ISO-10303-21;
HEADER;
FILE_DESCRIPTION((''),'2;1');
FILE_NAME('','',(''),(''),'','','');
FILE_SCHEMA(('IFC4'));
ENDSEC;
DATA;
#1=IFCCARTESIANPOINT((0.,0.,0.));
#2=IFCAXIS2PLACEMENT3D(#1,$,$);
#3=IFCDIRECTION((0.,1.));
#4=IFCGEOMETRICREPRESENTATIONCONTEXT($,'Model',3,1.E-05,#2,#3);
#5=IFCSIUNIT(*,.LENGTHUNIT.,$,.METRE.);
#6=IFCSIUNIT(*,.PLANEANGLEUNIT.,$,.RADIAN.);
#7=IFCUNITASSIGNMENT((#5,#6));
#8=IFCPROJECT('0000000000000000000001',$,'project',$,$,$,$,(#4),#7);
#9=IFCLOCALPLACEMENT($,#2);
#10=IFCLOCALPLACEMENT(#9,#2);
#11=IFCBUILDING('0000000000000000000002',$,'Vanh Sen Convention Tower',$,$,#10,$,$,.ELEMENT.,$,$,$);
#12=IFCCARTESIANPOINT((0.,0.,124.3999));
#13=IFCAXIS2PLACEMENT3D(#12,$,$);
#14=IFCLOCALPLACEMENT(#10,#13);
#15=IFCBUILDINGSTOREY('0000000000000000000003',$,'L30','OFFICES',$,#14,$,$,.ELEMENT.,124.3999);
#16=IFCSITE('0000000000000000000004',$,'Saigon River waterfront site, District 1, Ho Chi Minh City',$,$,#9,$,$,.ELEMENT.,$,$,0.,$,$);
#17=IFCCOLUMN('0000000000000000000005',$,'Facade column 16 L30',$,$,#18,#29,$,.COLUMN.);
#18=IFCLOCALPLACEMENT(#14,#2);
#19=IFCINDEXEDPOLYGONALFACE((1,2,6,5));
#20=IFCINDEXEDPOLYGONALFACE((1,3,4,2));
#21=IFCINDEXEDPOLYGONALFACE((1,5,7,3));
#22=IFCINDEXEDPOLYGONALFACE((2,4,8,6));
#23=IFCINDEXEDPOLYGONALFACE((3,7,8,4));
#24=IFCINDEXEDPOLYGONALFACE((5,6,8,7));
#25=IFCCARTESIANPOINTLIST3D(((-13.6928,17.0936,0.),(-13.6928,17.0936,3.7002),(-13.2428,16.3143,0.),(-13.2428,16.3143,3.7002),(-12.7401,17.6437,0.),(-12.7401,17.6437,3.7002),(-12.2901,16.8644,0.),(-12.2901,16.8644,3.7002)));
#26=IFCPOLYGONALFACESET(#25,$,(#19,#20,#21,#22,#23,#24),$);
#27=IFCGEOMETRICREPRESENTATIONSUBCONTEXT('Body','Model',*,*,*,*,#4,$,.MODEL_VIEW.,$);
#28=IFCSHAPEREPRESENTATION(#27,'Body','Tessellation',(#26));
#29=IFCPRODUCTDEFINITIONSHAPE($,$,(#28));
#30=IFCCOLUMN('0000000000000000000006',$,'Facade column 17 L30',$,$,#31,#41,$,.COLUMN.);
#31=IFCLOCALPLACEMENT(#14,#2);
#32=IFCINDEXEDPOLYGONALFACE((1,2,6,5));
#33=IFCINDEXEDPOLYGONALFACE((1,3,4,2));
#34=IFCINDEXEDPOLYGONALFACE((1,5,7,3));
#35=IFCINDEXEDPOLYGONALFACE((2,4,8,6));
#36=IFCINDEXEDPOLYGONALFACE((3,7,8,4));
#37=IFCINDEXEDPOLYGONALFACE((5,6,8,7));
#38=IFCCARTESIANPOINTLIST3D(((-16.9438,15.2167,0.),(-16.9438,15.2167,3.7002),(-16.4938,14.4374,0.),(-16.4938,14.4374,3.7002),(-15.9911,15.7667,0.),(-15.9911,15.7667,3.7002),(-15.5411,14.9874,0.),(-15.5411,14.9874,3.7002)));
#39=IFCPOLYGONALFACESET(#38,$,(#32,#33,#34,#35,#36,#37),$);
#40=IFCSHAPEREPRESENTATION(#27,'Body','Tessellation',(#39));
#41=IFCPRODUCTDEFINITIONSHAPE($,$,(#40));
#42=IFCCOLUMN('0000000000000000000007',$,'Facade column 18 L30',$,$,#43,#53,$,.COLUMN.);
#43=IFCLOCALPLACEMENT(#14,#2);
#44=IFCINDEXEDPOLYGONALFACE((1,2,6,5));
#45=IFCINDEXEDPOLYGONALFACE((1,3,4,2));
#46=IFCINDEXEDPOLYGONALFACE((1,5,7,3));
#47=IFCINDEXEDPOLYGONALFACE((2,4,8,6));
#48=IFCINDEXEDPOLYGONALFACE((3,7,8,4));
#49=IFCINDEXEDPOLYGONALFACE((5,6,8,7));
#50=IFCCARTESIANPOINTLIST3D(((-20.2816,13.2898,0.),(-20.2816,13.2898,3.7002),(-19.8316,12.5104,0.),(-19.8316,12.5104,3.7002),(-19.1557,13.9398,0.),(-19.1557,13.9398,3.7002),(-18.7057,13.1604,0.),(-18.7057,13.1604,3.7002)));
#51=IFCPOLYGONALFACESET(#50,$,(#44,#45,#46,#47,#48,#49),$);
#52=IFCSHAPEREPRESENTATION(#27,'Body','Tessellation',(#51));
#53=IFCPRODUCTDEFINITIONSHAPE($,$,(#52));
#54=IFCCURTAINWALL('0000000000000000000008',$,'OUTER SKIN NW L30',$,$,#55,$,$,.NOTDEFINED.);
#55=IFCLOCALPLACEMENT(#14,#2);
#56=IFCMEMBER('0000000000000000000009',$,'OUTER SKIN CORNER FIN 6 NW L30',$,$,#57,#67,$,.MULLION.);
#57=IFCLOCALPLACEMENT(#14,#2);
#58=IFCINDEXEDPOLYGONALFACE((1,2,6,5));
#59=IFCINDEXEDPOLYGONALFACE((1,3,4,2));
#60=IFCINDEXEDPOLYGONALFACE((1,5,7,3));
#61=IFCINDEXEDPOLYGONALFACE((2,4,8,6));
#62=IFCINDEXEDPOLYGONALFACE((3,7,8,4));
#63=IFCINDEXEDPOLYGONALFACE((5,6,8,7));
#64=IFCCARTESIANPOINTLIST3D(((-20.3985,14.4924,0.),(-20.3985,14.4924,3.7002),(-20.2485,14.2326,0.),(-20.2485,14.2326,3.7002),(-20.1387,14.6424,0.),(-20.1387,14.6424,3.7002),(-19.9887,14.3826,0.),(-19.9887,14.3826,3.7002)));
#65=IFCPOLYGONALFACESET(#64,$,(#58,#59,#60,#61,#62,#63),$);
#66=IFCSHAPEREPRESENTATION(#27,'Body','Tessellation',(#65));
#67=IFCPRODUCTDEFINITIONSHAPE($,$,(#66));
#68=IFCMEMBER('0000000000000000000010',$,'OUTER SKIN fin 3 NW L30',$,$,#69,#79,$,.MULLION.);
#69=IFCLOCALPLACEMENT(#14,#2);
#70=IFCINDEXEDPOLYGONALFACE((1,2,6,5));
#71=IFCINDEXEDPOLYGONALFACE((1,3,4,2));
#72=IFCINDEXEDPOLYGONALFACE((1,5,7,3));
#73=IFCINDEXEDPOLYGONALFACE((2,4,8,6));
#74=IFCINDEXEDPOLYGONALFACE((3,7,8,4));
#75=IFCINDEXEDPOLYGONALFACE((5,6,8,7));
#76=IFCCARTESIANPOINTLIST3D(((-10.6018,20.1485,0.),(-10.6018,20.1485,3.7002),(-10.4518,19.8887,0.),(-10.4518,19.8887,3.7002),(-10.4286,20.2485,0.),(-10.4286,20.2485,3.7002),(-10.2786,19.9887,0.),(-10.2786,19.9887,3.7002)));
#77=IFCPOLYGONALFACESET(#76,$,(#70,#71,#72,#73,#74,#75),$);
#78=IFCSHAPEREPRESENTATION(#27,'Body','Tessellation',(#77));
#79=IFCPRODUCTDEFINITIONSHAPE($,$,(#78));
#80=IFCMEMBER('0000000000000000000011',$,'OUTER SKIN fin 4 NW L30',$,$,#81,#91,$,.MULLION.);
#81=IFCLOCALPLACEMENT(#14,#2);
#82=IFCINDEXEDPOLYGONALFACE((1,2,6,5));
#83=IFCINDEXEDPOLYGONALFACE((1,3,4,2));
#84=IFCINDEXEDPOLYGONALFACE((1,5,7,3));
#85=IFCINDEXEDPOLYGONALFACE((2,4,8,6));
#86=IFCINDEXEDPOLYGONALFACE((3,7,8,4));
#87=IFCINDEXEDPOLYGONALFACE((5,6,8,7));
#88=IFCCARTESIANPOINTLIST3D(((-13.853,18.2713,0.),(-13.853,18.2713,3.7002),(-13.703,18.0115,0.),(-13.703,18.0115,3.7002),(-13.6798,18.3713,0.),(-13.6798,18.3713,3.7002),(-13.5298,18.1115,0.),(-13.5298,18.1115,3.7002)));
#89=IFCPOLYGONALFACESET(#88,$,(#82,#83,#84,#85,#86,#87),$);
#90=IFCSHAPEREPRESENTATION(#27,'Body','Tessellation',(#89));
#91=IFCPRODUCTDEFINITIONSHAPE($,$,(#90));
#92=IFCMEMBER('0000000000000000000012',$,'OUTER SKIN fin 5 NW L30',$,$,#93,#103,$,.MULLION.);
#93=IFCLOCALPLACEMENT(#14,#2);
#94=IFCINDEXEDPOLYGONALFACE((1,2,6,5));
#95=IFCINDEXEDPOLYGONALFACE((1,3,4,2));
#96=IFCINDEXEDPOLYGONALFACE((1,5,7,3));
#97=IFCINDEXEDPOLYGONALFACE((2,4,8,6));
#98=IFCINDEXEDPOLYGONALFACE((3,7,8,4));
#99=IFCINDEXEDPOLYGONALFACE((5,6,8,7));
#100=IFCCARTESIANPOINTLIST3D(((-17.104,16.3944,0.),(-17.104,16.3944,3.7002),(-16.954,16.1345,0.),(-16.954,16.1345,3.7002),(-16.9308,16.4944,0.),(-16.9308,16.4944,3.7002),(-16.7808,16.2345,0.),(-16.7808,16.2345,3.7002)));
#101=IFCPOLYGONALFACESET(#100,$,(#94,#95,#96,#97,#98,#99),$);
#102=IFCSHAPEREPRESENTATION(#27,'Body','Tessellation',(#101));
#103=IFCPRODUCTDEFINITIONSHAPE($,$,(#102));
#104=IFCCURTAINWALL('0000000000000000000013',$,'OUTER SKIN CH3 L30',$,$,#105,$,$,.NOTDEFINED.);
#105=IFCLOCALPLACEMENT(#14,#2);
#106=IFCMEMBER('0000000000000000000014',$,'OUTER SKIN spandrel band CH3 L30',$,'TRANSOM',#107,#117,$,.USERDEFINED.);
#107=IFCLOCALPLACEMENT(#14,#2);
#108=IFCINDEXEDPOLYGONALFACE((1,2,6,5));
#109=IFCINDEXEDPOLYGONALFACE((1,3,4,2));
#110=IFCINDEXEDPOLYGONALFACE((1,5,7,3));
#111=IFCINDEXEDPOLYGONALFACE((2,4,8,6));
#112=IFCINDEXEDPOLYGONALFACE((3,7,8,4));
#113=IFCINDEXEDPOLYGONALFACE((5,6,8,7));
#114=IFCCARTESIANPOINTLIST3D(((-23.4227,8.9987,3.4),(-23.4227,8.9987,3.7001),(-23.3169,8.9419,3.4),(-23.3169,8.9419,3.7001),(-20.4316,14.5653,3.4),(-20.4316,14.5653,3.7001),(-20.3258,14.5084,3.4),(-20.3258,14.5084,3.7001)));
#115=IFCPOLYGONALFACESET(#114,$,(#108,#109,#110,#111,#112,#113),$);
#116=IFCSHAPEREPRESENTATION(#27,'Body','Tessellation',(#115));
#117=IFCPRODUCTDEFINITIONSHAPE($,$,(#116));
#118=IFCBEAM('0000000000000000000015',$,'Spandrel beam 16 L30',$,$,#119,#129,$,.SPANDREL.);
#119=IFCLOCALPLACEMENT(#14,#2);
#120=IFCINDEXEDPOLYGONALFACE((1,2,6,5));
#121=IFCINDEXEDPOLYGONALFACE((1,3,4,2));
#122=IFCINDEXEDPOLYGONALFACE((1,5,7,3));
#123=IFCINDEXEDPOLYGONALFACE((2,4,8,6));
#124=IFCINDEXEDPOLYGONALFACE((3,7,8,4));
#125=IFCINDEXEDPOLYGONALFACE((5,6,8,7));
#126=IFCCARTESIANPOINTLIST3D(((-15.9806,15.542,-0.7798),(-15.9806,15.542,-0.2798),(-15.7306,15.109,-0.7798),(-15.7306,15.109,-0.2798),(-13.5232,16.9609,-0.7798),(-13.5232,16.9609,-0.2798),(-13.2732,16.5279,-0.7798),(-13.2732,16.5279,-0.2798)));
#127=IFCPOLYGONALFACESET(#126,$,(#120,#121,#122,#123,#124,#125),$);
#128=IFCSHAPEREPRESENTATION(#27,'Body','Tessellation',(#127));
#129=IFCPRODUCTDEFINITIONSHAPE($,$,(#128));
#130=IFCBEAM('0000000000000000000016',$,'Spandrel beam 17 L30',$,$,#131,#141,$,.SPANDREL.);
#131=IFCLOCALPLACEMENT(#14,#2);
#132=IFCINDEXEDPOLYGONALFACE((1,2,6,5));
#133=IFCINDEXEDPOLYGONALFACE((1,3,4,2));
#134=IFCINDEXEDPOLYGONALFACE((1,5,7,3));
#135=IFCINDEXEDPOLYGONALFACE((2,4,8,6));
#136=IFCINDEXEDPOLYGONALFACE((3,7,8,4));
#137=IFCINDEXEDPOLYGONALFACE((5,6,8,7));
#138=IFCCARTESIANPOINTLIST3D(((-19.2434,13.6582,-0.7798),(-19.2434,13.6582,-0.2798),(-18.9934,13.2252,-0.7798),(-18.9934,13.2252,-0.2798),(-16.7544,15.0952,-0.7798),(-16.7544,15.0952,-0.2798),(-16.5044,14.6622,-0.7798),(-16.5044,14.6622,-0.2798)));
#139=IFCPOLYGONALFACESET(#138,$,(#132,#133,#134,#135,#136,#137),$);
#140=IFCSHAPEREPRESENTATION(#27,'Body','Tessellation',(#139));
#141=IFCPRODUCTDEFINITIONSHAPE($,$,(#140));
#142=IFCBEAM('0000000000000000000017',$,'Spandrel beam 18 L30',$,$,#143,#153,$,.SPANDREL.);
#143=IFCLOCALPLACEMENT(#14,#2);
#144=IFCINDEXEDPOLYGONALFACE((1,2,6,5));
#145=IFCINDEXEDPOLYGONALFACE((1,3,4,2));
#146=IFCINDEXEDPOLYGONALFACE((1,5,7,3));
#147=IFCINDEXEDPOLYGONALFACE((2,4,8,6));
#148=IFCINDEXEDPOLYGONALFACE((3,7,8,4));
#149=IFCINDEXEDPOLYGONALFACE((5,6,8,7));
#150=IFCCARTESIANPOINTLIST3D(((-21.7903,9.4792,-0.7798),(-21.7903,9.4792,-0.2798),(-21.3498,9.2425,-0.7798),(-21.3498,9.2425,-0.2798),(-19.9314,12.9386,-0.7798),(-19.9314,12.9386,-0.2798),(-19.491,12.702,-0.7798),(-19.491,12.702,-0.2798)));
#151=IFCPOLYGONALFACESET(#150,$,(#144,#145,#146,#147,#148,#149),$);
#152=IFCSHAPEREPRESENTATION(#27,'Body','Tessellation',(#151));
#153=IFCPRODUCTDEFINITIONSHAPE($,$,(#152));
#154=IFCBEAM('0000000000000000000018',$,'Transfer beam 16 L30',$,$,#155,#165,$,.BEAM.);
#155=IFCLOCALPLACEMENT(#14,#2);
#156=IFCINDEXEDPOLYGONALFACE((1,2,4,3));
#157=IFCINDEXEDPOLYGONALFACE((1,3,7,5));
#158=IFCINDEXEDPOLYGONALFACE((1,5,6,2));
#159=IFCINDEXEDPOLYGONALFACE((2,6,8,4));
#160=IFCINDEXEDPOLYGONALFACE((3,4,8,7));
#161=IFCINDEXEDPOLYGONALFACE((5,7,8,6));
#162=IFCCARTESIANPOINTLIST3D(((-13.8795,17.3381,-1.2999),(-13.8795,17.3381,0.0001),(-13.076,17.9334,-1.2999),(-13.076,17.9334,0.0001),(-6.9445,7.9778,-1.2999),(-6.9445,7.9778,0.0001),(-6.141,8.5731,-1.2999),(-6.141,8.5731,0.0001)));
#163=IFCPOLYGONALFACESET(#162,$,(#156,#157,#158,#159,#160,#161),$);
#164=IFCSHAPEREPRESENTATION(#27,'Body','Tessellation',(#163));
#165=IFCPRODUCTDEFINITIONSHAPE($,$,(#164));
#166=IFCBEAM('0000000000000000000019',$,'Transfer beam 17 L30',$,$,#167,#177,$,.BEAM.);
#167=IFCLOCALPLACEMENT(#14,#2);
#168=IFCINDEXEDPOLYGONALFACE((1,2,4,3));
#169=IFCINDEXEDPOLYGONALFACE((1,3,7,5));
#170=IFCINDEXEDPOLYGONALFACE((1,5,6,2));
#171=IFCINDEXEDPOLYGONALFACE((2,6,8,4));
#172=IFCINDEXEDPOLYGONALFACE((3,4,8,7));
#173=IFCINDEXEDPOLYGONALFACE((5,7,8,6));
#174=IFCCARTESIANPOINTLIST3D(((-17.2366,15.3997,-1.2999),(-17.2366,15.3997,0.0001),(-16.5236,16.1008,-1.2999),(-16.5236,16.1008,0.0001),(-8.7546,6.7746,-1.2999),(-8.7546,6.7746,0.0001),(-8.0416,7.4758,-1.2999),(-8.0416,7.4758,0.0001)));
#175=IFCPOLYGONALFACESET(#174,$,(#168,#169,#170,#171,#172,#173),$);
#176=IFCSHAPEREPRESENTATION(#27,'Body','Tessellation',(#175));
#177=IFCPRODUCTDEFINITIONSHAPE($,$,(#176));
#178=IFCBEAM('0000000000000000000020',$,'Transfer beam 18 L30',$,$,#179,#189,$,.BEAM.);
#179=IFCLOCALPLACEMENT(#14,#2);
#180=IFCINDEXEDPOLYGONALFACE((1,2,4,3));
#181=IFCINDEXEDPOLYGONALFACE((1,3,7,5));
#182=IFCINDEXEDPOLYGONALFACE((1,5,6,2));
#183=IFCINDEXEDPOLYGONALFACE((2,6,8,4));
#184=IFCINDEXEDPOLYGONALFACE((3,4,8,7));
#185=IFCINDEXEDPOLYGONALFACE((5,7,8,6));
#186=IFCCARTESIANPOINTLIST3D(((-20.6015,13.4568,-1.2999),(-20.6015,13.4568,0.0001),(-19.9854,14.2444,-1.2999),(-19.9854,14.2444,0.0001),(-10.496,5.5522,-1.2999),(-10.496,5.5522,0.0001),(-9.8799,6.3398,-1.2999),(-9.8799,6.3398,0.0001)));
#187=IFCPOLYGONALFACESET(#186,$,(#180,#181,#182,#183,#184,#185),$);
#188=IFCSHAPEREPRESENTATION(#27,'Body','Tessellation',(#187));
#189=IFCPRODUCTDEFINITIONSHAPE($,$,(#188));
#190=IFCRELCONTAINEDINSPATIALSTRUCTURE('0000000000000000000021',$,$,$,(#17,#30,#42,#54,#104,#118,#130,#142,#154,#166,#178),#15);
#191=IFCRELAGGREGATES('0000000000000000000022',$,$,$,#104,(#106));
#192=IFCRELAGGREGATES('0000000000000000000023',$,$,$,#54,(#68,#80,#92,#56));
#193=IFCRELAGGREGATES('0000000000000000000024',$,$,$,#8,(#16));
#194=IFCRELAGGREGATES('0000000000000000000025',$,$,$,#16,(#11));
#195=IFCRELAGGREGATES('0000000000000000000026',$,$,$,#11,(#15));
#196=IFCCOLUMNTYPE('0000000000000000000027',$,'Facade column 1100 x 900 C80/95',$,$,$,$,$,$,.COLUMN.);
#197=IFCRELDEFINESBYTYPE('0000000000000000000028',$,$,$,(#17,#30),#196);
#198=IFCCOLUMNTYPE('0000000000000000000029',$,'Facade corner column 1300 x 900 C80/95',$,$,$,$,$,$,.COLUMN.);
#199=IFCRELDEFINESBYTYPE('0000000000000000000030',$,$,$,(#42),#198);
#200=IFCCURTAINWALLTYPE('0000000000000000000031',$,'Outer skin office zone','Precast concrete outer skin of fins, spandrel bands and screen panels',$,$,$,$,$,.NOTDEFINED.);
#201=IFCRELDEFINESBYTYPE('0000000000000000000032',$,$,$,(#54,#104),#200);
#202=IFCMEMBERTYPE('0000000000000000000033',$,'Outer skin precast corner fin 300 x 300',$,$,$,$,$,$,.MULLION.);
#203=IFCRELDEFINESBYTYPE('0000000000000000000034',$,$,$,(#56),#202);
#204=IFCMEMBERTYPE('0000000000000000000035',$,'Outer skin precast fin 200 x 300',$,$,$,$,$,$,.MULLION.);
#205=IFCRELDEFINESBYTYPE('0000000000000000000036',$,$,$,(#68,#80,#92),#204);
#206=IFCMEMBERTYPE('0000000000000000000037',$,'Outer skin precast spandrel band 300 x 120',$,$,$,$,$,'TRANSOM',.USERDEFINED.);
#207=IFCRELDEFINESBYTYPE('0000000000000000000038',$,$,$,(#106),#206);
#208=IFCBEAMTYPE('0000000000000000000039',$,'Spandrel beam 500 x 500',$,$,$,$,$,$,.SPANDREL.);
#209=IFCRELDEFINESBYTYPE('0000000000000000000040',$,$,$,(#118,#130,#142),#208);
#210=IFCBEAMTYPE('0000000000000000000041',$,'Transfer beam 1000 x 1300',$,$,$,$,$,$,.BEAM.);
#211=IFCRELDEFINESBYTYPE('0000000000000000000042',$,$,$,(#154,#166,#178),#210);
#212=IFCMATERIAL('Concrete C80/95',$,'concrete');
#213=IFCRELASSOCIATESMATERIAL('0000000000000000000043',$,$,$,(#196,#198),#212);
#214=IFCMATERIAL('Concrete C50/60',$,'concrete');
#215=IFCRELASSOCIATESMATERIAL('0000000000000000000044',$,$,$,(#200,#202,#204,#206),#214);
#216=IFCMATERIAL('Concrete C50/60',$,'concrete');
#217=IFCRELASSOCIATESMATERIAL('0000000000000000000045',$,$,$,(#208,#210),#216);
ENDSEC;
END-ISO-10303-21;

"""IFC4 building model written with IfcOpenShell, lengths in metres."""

from ifc_helpers import new_model, si_unit, direction, frame, origin, origin_2d, place, context, subcontext, project, spatial, rectangle, extrude, material, material_profile, profile_set, type_object, element, aggregate, save


model = new_model("IFC4")

# Units and contexts
model_context = context("Model", 3, precision=1e-05, world=origin(), true_north=direction((0.0, 1.0)))
body_context = subcontext(model_context, "Body", "Model", "MODEL_VIEW")
ifc_project = project(units=[si_unit("LENGTHUNIT", "METRE"), si_unit("PLANEANGLEUNIT", "RADIAN")], contexts=[model_context])

# Site, building, storey
site_placement = place(None, origin())
site = spatial("IfcSite", under=ifc_project, at=site_placement, Name="Saigon River waterfront site, District 1, Ho Chi Minh City", CompositionType="ELEMENT", RefElevation=0.0)
building_placement = place(site_placement, origin())
building = spatial("IfcBuilding", under=site, at=building_placement, Name="Vanh Sen Convention Tower", CompositionType="ELEMENT")
storey_placement = place(building_placement, frame((0.0, 0.0, 124.3999)))
storey = spatial("IfcBuildingStorey", under=building, at=storey_placement, Name="L30", Description="OFFICES", CompositionType="ELEMENT", Elevation=124.3999)

# Columns
ifc_material_1 = material(Name="Concrete C80/95", Category="concrete")
ifc_material_profile_1 = material_profile(ifc_material_1, rectangle(XDim=1.1001, YDim=0.8999, at=origin_2d()), Name="RC 1100X900")
ifc_profile_set_1 = profile_set([ifc_material_profile_1], Name="Concrete C80/95")
column_type_1 = type_object("IfcColumnType", Name="Facade column 1100 x 900 C80/95", PredefinedType="COLUMN", material=ifc_profile_set_1)
for number, where, z_axis, x_axis, name in (
    (1, (-12.9915, 16.979, 0.0), (0.0, 0.0, 1.0), (-0.866025, -0.5, 0.0), "Facade column 16 L30"),
    (2, (-16.2424, 15.1021, 0.0), (0.0, 0.0, 1.0), (-0.866025, -0.5, 0.0), "Facade column 17 L30"),
):
    element("IfcColumn", number, at=place(storey_placement, frame(where, z_axis=z_axis, x_axis=x_axis)), inside=storey, type_object=column_type_1, Name=name, PredefinedType="COLUMN", context=body_context, shape_type="SweptSolid", body=[
        extrude(rectangle(XDim=1.1001, YDim=0.8999, at=origin_2d()), origin(), (0.0, 0.0, 1.0), 3.7002),
    ])
ifc_material_profile_2 = material_profile(ifc_material_1, rectangle(XDim=1.3, YDim=0.8999, at=origin_2d()), Name="RC 1300X900")
ifc_profile_set_2 = profile_set([ifc_material_profile_2], Name="Concrete C80/95")
column_type_2 = type_object("IfcColumnType", Name="Facade corner column 1300 x 900 C80/95", PredefinedType="COLUMN", material=ifc_profile_set_2)
column_placement = place(storey_placement, frame((-19.4937, 13.2251, 0.0), z_axis=(0.0, 0.0, 1.0), x_axis=(-0.866025, -0.5, 0.0)))
element("IfcColumn", 3, at=column_placement, inside=storey, type_object=column_type_2, Name="Facade column 18 L30", PredefinedType="COLUMN", context=body_context, shape_type="SweptSolid", body=[
    extrude(rectangle(XDim=1.3, YDim=0.8999, at=origin_2d()), origin(), (0.0, 0.0, 1.0), 3.7002),
])

# Curtain wall, members
ifc_material_2 = material(Name="Concrete C50/60", Category="concrete")
curtain_wall_type = type_object("IfcCurtainWallType", Name="Outer skin office zone", Description="Precast concrete outer skin of fins, spandrel bands and screen panels", PredefinedType="NOTDEFINED", material=ifc_material_2)
curtain_wall_1_placement = place(storey_placement, origin())
curtain_wall_1 = element("IfcCurtainWall", 4, at=curtain_wall_1_placement, inside=storey, type_object=curtain_wall_type, Name="OUTER SKIN NW L30", PredefinedType="NOTDEFINED")
ifc_material_profile_3 = material_profile(ifc_material_2, rectangle(XDim=0.3, YDim=0.3, at=origin_2d()), Name="Outer skin precast corner fin 300 x 300")
ifc_profile_set_3 = profile_set([ifc_material_profile_3], Name="Concrete C50/60")
member_type_1 = type_object("IfcMemberType", Name="Outer skin precast corner fin 300 x 300", PredefinedType="MULLION", material=ifc_profile_set_3)
member_1_placement = place(storey_placement, frame((-20.1936, 14.4375, 0.0), z_axis=(0.0, 0.0, 1.0), x_axis=(-0.866025, -0.5, 0.0)))
member_1 = element("IfcMember", 5, at=member_1_placement, type_object=member_type_1, Name="OUTER SKIN CORNER FIN 6 NW L30", PredefinedType="MULLION", context=body_context, shape_type="SweptSolid", body=[
    extrude(rectangle(XDim=0.3, YDim=0.3, at=origin_2d()), origin(), (0.0, 0.0, 1.0), 3.7002),
])
ifc_material_profile_4 = material_profile(ifc_material_2, rectangle(XDim=0.2, YDim=0.3, at=origin_2d()), Name="Outer skin precast fin 200 x 300")
ifc_profile_set_4 = profile_set([ifc_material_profile_4], Name="Concrete C50/60")
member_type_2 = type_object("IfcMemberType", Name="Outer skin precast fin 200 x 300", PredefinedType="MULLION", material=ifc_profile_set_4)
member_2_placement = place(storey_placement, frame((-10.4402, 20.0686, 0.0), z_axis=(0.0, 0.0, 1.0), x_axis=(-0.866025, -0.5, 0.0)))
member_2 = element("IfcMember", 6, at=member_2_placement, type_object=member_type_2, Name="OUTER SKIN fin 3 NW L30", PredefinedType="MULLION", context=body_context, shape_type="SweptSolid", body=[
    extrude(rectangle(XDim=0.2, YDim=0.3, at=origin_2d()), origin(), (0.0, 0.0, 1.0), 3.7002),
])
member_3_placement = place(storey_placement, frame((-13.6914, 18.1914, 0.0), z_axis=(0.0, 0.0, 1.0), x_axis=(-0.866025, -0.5, 0.0)))
member_3 = element("IfcMember", 7, at=member_3_placement, type_object=member_type_2, Name="OUTER SKIN fin 4 NW L30", PredefinedType="MULLION", context=body_context, shape_type="SweptSolid", body=[
    extrude(rectangle(XDim=0.2, YDim=0.3, at=origin_2d()), origin(), (0.0, 0.0, 1.0), 3.7002),
])
member_4_placement = place(storey_placement, frame((-16.9424, 16.3145, 0.0), z_axis=(0.0, 0.0, 1.0), x_axis=(-0.866025, -0.5, 0.0)))
member_4 = element("IfcMember", 8, at=member_4_placement, type_object=member_type_2, Name="OUTER SKIN fin 5 NW L30", PredefinedType="MULLION", context=body_context, shape_type="SweptSolid", body=[
    extrude(rectangle(XDim=0.2, YDim=0.3, at=origin_2d()), origin(), (0.0, 0.0, 1.0), 3.7002),
])

# Curtain wall, member
curtain_wall_2_placement = place(storey_placement, origin())
curtain_wall_2 = element("IfcCurtainWall", 9, at=curtain_wall_2_placement, inside=storey, type_object=curtain_wall_type, Name="OUTER SKIN CH3 L30", PredefinedType="NOTDEFINED")
ifc_material_profile_5 = material_profile(ifc_material_2, rectangle(XDim=0.1201, YDim=0.3, at=origin_2d()), Name="Outer skin precast spandrel band 300 x 120")
ifc_profile_set_5 = profile_set([ifc_material_profile_5], Name="Concrete C50/60")
member_type_3 = type_object("IfcMemberType", Name="Outer skin precast spandrel band 300 x 120", ElementType="TRANSOM", PredefinedType="USERDEFINED", material=ifc_profile_set_5)
member_5_placement = place(storey_placement, frame((-20.3787, 14.5369, 3.55), z_axis=(-0.473337, -0.880881, 0.0), x_axis=(0.880881, -0.473337, 0.0)))
member_5 = element("IfcMember", 10, at=member_5_placement, type_object=member_type_3, Name="OUTER SKIN spandrel band CH3 L30", ObjectType="TRANSOM", PredefinedType="USERDEFINED", context=body_context, shape_type="SweptSolid", body=[
    extrude(rectangle(XDim=0.1201, YDim=0.3, at=origin_2d()), origin(), (0.0, 0.0, 1.0), 6.3193),
])
aggregate(curtain_wall_2, [member_5])

# Beams
ifc_material_3 = material(Name="Concrete C50/60", Category="concrete")
ifc_material_profile_6 = material_profile(ifc_material_3, rectangle(XDim=0.5, YDim=0.5, at=origin_2d()), Name="RC 500X500")
ifc_profile_set_6 = profile_set([ifc_material_profile_6], Name="Concrete C50/60")
beam_type_1 = type_object("IfcBeamType", Name="Spandrel beam 500 x 500", PredefinedType="SPANDREL", material=ifc_profile_set_6)
beam_1_placement = place(storey_placement, frame((-13.3982, 16.7444, -0.5298), z_axis=(-0.866011, -0.500025, 0.0), x_axis=(0.500025, -0.866011, 0.0)))
element("IfcBeam", 11, at=beam_1_placement, inside=storey, type_object=beam_type_1, Name="Spandrel beam 16 L30", PredefinedType="SPANDREL", context=body_context, shape_type="SweptSolid", body=[
    extrude(rectangle(XDim=0.5, YDim=0.5, at=origin_2d()), origin(), (0.0, 0.0, 1.0), 2.8376),
])
beam_2_placement = place(storey_placement, frame((-16.6294, 14.8787, -0.5298), z_axis=(-0.866029, -0.499995, 0.0), x_axis=(0.499995, -0.866029, 0.0)))
element("IfcBeam", 12, at=beam_2_placement, inside=storey, type_object=beam_type_1, Name="Spandrel beam 17 L30", PredefinedType="SPANDREL", context=body_context, shape_type="SweptSolid", body=[
    extrude(rectangle(XDim=0.5, YDim=0.5, at=origin_2d()), origin(), (0.0, 0.0, 1.0), 2.874),
])
beam_3_placement = place(storey_placement, frame((-19.7112, 12.8203, -0.5298), z_axis=(-0.473329, -0.880886, 0.0), x_axis=(0.880886, -0.473329, 0.0)))
element("IfcBeam", 13, at=beam_3_placement, inside=storey, type_object=beam_type_1, Name="Spandrel beam 18 L30", PredefinedType="SPANDREL", context=body_context, shape_type="SweptSolid", body=[
    extrude(rectangle(XDim=0.5, YDim=0.5, at=origin_2d()), origin(), (0.0, 0.0, 1.0), 3.9272),
])
ifc_material_profile_7 = material_profile(ifc_material_3, rectangle(XDim=1.0, YDim=1.3, at=origin_2d()), Name="RC 1000X1300")
ifc_profile_set_7 = profile_set([ifc_material_profile_7], Name="Concrete C50/60")
beam_type_2 = type_object("IfcBeamType", Name="Transfer beam 1000 x 1300", PredefinedType="BEAM", material=ifc_profile_set_7)
beam_4_placement = place(storey_placement, frame((-13.4778, 17.6357, -0.6499), z_axis=(0.595309, -0.803497, 0.0), x_axis=(0.803497, 0.595309, 0.0)))
element("IfcBeam", 14, at=beam_4_placement, inside=storey, type_object=beam_type_2, Name="Transfer beam 16 L30", PredefinedType="BEAM", context=body_context, shape_type="SweptSolid", body=[
    extrude(rectangle(XDim=1.0, YDim=1.3, at=origin_2d()), origin(), (0.0, 0.0, 1.0), 11.6494),
])
beam_5_placement = place(storey_placement, frame((-16.8801, 15.7502, -0.6499), z_axis=(0.701169, -0.712995, 0.0), x_axis=(0.712995, 0.701169, 0.0)))
element("IfcBeam", 15, at=beam_5_placement, inside=storey, type_object=beam_type_2, Name="Transfer beam 17 L30", PredefinedType="BEAM", context=body_context, shape_type="SweptSolid", body=[
    extrude(rectangle(XDim=1.0, YDim=1.3, at=origin_2d()), origin(), (0.0, 0.0, 1.0), 12.0969),
])
beam_6_placement = place(storey_placement, frame((-20.2935, 13.8506, -0.6499), z_axis=(0.78766, -0.616111, 0.0), x_axis=(0.616111, 0.78766, 0.0)))
element("IfcBeam", 16, at=beam_6_placement, inside=storey, type_object=beam_type_2, Name="Transfer beam 18 L30", PredefinedType="BEAM", context=body_context, shape_type="SweptSolid", body=[
    extrude(rectangle(XDim=1.0, YDim=1.3, at=origin_2d()), origin(), (0.0, 0.0, 1.0), 12.8298),
])

aggregate(curtain_wall_1, [member_2, member_3, member_4, member_1])

save(model, "model.ifc")
